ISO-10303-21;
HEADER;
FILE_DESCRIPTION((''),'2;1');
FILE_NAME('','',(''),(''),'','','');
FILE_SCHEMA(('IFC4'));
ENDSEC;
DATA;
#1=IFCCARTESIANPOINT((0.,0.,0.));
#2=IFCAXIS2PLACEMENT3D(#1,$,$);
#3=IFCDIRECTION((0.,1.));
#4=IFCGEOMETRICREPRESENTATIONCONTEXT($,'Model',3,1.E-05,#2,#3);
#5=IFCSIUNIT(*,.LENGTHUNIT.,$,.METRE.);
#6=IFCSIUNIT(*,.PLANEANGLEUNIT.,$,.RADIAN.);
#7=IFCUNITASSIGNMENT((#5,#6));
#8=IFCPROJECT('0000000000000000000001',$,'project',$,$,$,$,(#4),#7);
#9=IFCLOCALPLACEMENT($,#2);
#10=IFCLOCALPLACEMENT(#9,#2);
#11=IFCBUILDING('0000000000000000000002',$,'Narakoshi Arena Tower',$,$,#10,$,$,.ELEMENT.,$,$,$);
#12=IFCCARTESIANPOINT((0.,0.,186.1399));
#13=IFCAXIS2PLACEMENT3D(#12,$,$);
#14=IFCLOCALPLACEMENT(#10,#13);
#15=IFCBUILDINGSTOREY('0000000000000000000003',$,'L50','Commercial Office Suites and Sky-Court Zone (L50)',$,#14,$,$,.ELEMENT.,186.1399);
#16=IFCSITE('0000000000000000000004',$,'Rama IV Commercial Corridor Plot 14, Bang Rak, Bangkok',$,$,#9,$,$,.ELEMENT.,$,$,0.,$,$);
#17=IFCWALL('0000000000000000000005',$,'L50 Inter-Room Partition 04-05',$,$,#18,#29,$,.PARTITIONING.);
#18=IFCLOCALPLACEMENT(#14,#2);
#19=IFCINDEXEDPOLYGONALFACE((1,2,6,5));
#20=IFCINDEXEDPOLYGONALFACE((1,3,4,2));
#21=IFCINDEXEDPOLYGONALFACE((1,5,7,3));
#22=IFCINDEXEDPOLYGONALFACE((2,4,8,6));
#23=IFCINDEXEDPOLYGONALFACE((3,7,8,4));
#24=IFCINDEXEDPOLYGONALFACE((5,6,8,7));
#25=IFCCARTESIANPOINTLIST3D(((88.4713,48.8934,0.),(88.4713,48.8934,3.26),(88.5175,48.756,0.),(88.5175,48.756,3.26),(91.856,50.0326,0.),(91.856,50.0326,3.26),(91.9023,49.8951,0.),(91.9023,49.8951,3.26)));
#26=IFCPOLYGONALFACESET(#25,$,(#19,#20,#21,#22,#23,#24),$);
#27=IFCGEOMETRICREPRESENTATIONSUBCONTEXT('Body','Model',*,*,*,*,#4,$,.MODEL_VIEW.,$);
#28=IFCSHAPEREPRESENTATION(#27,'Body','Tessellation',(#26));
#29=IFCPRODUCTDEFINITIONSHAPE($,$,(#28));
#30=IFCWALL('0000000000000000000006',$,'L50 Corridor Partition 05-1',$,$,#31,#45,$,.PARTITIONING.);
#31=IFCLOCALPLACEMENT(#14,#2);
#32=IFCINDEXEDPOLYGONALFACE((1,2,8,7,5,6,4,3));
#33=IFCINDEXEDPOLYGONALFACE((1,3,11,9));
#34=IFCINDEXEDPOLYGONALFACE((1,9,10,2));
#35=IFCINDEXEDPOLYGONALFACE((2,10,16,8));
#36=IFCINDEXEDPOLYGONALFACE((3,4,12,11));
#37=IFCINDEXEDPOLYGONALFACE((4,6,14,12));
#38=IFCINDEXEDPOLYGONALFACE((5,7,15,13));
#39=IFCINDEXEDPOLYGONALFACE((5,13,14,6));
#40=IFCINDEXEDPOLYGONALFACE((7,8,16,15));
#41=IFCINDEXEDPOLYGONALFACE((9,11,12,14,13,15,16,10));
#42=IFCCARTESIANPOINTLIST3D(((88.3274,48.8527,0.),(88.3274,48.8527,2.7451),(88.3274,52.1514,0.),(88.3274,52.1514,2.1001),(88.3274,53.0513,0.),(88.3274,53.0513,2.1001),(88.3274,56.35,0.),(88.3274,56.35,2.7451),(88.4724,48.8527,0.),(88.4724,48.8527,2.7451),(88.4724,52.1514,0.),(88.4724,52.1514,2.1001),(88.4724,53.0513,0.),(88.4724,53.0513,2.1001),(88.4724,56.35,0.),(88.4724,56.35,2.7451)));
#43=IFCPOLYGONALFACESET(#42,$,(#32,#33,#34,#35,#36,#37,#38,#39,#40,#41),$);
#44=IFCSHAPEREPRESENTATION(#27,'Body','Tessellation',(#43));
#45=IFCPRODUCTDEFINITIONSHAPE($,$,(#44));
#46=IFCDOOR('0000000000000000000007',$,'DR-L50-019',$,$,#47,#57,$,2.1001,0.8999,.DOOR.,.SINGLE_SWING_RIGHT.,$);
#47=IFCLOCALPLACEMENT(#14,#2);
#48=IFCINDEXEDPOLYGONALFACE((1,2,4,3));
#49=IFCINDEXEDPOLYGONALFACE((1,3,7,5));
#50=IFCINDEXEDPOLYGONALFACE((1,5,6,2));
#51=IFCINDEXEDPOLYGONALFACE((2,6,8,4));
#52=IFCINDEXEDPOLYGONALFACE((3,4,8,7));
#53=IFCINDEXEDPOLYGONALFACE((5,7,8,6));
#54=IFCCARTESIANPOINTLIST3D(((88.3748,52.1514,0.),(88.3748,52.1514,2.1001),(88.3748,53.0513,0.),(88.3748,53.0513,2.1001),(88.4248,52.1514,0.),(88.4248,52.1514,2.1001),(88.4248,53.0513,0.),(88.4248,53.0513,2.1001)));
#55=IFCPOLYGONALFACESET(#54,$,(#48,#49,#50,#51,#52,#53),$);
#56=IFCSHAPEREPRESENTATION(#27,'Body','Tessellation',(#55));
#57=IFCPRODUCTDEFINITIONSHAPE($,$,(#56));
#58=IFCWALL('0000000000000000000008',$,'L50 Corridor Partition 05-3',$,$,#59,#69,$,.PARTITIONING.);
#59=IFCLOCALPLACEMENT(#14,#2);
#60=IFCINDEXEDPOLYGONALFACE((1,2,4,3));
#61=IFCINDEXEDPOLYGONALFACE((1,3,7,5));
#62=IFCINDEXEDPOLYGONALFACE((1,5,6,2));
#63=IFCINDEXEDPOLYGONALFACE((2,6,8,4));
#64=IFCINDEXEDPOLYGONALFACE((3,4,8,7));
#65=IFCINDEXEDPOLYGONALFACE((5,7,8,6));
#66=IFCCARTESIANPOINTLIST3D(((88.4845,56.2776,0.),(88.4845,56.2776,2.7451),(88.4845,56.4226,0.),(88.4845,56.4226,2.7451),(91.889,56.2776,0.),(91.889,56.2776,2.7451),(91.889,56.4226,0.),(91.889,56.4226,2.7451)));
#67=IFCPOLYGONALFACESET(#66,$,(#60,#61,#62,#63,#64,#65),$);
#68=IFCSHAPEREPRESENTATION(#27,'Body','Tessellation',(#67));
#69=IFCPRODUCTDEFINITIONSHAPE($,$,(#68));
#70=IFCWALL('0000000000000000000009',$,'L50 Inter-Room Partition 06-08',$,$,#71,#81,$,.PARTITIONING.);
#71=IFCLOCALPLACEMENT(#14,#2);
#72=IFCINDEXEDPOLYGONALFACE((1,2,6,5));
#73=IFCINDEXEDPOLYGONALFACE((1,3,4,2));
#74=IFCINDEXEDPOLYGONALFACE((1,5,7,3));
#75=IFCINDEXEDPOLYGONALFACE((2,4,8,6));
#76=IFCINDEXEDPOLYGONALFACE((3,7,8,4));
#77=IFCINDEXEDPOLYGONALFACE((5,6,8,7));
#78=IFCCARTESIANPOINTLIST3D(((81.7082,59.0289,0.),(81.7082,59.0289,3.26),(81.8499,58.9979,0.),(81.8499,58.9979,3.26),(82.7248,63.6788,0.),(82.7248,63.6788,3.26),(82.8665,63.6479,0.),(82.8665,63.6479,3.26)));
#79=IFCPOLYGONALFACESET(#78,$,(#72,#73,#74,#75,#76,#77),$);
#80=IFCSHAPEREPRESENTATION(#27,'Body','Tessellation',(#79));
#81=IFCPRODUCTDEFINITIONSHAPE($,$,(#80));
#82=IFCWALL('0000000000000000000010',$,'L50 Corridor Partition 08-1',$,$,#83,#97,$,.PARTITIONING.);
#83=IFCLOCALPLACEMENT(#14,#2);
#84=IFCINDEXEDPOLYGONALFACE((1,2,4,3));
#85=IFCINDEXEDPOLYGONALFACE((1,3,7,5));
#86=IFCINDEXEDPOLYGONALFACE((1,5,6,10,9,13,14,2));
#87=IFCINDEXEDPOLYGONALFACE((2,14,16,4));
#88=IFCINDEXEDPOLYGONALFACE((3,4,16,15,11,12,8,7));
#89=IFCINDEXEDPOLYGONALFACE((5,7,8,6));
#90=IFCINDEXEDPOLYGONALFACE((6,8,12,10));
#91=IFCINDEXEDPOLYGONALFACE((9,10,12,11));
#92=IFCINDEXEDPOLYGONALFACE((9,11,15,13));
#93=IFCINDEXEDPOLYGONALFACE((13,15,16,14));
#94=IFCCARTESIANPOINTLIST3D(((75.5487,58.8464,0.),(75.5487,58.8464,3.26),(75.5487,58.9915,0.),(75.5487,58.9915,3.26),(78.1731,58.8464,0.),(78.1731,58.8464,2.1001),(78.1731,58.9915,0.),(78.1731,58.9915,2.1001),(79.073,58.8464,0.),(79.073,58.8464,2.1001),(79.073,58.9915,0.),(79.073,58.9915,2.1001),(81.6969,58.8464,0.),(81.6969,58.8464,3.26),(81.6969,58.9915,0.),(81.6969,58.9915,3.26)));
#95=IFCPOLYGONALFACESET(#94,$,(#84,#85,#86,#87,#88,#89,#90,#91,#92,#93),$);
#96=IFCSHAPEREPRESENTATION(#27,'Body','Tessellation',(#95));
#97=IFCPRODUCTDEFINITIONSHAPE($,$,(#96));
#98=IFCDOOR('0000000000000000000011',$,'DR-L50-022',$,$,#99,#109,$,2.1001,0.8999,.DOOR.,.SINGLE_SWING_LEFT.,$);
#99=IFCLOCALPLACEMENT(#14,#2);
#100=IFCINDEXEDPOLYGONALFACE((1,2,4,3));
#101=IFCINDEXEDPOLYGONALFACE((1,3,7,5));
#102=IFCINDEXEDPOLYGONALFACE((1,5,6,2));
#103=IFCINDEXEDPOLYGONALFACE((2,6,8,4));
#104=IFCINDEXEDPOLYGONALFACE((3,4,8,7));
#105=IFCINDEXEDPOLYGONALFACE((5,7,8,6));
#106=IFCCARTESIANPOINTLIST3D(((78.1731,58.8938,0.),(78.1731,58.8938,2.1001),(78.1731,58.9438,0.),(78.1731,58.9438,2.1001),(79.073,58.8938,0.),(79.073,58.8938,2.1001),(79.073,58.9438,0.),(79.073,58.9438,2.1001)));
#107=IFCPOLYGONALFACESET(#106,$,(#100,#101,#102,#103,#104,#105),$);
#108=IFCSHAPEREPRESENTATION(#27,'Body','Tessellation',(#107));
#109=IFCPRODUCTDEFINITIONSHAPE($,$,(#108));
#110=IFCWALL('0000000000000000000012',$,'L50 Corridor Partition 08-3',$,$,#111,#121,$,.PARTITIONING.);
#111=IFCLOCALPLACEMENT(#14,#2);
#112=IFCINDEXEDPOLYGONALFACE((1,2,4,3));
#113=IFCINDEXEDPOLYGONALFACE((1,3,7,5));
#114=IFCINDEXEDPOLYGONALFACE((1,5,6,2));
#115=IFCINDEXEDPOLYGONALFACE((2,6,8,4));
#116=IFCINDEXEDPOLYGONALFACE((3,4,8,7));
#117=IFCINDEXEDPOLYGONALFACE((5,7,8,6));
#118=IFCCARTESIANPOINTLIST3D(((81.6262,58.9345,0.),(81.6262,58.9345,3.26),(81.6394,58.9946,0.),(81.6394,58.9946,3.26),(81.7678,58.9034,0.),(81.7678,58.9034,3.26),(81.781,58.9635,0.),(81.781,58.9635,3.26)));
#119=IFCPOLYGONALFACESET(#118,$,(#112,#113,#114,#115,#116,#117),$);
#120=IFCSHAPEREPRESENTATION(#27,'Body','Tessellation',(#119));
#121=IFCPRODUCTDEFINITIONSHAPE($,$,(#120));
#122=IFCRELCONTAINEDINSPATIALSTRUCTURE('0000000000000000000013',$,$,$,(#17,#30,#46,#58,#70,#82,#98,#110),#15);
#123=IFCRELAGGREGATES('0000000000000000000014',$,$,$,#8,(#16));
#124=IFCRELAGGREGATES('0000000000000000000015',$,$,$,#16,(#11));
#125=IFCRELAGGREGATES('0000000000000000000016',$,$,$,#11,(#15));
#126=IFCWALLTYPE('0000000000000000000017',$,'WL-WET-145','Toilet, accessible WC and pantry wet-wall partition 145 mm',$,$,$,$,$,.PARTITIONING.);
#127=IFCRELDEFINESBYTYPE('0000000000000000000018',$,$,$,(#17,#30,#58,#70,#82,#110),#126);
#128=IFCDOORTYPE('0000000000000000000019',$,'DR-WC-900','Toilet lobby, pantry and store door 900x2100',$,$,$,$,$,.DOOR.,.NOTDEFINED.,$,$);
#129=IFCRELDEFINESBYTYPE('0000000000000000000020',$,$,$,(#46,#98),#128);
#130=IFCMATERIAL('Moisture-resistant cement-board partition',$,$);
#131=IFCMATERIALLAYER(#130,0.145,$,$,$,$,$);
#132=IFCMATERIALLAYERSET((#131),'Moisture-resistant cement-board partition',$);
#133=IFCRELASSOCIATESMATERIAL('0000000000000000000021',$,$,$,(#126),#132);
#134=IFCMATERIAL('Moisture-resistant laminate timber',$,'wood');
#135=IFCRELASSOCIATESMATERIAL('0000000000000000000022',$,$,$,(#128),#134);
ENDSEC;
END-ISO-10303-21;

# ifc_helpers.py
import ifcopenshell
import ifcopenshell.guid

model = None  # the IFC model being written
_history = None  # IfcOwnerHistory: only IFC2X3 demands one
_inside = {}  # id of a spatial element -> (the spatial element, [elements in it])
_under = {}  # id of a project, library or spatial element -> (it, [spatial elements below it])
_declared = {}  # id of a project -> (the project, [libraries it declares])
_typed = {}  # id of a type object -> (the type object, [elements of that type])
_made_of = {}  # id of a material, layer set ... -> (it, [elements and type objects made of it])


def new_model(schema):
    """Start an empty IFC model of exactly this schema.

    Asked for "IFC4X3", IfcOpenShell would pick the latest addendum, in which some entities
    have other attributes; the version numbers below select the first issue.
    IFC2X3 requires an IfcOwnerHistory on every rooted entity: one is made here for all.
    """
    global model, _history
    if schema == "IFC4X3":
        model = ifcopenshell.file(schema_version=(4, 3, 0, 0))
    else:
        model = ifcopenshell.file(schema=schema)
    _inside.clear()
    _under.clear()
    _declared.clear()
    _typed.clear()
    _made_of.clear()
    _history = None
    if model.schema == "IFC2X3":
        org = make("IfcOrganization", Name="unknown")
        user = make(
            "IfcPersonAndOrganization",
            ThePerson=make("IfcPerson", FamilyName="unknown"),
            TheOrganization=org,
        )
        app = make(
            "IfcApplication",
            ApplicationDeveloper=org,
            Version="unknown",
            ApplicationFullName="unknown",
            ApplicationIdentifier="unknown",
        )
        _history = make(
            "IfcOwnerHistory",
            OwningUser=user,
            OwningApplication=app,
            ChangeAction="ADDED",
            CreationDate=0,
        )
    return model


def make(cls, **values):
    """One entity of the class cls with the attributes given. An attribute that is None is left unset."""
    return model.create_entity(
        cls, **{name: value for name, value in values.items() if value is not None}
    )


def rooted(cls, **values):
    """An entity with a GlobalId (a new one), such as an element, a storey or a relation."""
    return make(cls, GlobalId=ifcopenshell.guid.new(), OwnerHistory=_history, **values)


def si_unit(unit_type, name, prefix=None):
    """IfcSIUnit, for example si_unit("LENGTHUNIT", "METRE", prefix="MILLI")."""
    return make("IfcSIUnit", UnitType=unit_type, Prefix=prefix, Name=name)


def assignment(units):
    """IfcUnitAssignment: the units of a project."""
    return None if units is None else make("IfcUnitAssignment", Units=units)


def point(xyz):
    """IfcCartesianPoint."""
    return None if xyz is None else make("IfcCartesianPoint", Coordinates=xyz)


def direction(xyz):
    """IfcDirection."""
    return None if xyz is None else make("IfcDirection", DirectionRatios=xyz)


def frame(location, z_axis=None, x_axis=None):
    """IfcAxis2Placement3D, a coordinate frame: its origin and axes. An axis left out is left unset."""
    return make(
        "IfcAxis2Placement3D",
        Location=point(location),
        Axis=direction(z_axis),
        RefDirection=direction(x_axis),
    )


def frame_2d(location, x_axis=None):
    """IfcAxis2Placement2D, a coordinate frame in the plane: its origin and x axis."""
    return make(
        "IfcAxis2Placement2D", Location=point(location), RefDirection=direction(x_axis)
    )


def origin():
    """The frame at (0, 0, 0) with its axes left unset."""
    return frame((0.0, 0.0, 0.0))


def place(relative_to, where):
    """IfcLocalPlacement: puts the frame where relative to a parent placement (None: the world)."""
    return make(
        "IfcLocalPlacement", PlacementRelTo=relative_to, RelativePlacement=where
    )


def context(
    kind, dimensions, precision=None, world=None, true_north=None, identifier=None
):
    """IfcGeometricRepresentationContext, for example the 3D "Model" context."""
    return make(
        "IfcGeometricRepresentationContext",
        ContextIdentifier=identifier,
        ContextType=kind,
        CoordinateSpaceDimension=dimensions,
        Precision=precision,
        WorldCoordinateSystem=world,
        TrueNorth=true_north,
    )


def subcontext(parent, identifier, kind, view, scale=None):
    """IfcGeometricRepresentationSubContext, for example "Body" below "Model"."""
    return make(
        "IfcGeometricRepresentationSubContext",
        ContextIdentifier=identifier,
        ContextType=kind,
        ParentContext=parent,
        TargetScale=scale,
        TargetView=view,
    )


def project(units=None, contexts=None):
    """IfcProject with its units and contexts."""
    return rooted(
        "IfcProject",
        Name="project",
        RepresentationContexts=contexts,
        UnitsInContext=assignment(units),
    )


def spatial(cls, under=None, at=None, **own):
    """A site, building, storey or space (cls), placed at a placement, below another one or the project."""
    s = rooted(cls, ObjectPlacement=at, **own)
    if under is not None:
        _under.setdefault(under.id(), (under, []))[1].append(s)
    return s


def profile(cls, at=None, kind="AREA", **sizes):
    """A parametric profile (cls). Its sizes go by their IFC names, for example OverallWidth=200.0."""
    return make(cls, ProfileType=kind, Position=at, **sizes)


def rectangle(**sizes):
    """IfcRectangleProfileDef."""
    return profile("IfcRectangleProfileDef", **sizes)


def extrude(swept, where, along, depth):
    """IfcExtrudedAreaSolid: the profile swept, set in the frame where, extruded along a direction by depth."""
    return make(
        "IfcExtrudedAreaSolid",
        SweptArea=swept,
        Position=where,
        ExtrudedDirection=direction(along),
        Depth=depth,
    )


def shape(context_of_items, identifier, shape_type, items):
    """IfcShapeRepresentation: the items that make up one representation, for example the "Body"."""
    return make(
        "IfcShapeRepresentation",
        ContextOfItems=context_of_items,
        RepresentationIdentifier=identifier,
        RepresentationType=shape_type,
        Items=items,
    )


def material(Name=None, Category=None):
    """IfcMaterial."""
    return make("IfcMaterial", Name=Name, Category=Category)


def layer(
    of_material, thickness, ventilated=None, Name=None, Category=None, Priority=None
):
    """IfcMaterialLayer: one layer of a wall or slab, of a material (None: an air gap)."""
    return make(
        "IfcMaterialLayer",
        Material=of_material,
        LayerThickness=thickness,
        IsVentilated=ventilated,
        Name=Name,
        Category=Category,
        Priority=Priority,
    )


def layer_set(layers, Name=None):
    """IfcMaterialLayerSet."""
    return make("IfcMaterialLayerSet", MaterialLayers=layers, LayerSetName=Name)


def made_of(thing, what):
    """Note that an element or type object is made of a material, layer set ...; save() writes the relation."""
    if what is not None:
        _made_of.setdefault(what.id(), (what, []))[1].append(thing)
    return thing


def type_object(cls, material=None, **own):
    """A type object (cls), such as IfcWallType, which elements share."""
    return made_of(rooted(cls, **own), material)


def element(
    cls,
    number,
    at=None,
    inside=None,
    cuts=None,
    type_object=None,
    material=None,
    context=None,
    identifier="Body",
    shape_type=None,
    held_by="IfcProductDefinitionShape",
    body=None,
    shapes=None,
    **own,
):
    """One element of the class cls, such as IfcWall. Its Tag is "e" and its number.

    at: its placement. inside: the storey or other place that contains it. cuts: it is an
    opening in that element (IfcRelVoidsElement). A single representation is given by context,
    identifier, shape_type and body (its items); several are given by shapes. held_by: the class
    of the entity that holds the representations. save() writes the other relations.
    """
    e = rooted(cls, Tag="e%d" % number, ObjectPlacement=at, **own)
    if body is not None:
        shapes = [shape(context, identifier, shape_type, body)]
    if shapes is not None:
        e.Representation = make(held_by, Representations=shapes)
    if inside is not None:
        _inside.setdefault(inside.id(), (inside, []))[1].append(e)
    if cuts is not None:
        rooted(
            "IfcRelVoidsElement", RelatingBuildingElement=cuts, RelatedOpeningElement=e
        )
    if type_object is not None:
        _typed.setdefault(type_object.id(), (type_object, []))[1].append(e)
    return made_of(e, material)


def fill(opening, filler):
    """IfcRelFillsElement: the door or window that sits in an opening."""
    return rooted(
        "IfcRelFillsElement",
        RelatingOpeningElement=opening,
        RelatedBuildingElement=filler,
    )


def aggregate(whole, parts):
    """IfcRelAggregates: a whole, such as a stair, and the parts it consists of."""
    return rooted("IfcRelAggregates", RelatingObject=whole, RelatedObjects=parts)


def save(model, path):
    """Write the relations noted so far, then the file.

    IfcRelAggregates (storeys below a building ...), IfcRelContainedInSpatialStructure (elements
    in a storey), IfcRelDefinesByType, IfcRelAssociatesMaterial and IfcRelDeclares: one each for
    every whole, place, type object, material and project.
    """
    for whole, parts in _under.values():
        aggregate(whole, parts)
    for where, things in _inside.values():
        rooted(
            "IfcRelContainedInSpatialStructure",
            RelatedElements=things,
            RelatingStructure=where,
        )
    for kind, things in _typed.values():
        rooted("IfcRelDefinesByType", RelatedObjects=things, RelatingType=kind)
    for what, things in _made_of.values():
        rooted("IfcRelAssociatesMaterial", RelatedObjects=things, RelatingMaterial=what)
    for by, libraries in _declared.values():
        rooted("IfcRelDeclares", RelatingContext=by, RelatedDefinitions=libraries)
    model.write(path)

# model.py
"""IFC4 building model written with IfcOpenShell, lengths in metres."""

from ifc_helpers import new_model, si_unit, direction, frame, frame_2d, origin, place, context, subcontext, project, spatial, rectangle, extrude, material, layer, layer_set, type_object, element, fill, save


model = new_model("IFC4")

# Units and contexts
model_context = context("Model", 3, precision=1e-05, world=origin(), true_north=direction((0.0, 1.0)))
body_context = subcontext(model_context, "Body", "Model", "MODEL_VIEW")
ifc_project = project(units=[si_unit("LENGTHUNIT", "METRE"), si_unit("PLANEANGLEUNIT", "RADIAN")], contexts=[model_context])

# Site, building, storey
site_placement = place(None, origin())
site = spatial("IfcSite", under=ifc_project, at=site_placement, Name="Rama IV Commercial Corridor Plot 14, Bang Rak, Bangkok", CompositionType="ELEMENT", RefElevation=0.0)
building_placement = place(site_placement, origin())
building = spatial("IfcBuilding", under=site, at=building_placement, Name="Narakoshi Arena Tower", CompositionType="ELEMENT")
storey_placement = place(building_placement, frame((0.0, 0.0, 186.1399)))
storey = spatial("IfcBuildingStorey", under=building, at=storey_placement, Name="L50", Description="Commercial Office Suites and Sky-Court Zone (L50)", CompositionType="ELEMENT", Elevation=186.1399)

# Wall
ifc_material_1 = material(Name="Moisture-resistant cement-board partition")
ifc_layer_1 = layer(ifc_material_1, 0.145)
ifc_layer_set_1 = layer_set([ifc_layer_1], Name="Moisture-resistant cement-board partition")
wall_type_1 = type_object("IfcWallType", Name="WL-WET-145", Description="Toilet, accessible WC and pantry wet-wall partition 145 mm", PredefinedType="PARTITIONING", material=ifc_layer_set_1)
wall_1_placement = place(storey_placement, frame((88.4944, 48.8247, 0.0), z_axis=(0.0, 0.0, 1.0), x_axis=(0.947763, 0.318975, 0.0)))
element("IfcWall", 1, at=wall_1_placement, inside=storey, type_object=wall_type_1, Name="L50 Inter-Room Partition 04-05", PredefinedType="PARTITIONING", context=body_context, shape_type="SweptSolid", body=[
    extrude(rectangle(XDim=3.5713, YDim=0.145, at=frame_2d((1.7856, 0.0))), origin(), (0.0, 0.0, 1.0), 3.26),
])

# Wall, opening, door
wall_2_placement = place(storey_placement, frame((88.3999, 48.8528, 0.0), z_axis=(0.0, 0.0, 1.0), x_axis=(0.0, 1.0, 0.0)))
wall_2 = element("IfcWall", 2, at=wall_2_placement, inside=storey, type_object=wall_type_1, Name="L50 Corridor Partition 05-1", PredefinedType="PARTITIONING", context=body_context, shape_type="SweptSolid", body=[
    extrude(rectangle(XDim=7.4973, YDim=0.145, at=frame_2d((3.7485, 0.0))), origin(), (0.0, 0.0, 1.0), 2.7451),
])
opening_1_placement = place(wall_2_placement, frame((3.2986, 0.0, 0.0)))
opening_1 = element("IfcOpeningElement", 3, at=opening_1_placement, cuts=wall_2, PredefinedType="OPENING", context=body_context, shape_type="SweptSolid", body=[
    extrude(rectangle(XDim=0.8999, YDim=2.1001, at=frame_2d((0.45, 1.05))), frame((0.0, 0.0825, 0.0), z_axis=(0.0, -1.0, 0.0), x_axis=(1.0, 0.0, 0.0)), (0.0, 0.0, 1.0), 0.165),
])
ifc_material_2 = material(Name="Moisture-resistant laminate timber", Category="wood")
door_type = type_object("IfcDoorType", Name="DR-WC-900", Description="Toilet lobby, pantry and store door 900x2100", OperationType="NOTDEFINED", PredefinedType="DOOR", material=ifc_material_2)
door_1_placement = place(opening_1_placement, frame((0.8999, 0.0, 0.0), z_axis=(0.0, 0.0, 1.0), x_axis=(-1.0, 0.0, 0.0)))
door_1 = element("IfcDoor", 4, at=door_1_placement, inside=storey, type_object=door_type, Name="DR-L50-019", OperationType="SINGLE_SWING_RIGHT", OverallHeight=2.1001, OverallWidth=0.8999, PredefinedType="DOOR", context=body_context, shape_type="SweptSolid", body=[
    extrude(rectangle(XDim=0.8999, YDim=2.1001, at=frame_2d((0.45, 1.05))), frame((0.0, 0.0249, 0.0), z_axis=(0.0, -1.0, 0.0), x_axis=(1.0, 0.0, 0.0)), (0.0, 0.0, 1.0), 0.05),
])
fill(opening_1, door_1)

# Walls
wall_3_placement = place(storey_placement, frame((88.4846, 56.3501, 0.0), z_axis=(0.0, 0.0, 1.0), x_axis=(1.0, 0.0, 0.0)))
element("IfcWall", 5, at=wall_3_placement, inside=storey, type_object=wall_type_1, Name="L50 Corridor Partition 05-3", PredefinedType="PARTITIONING", context=body_context, shape_type="SweptSolid", body=[
    extrude(rectangle(XDim=3.4045, YDim=0.145, at=frame_2d((1.7021, 0.0))), origin(), (0.0, 0.0, 1.0), 2.7451),
])
wall_4_placement = place(storey_placement, frame((81.7791, 59.0134, 0.0), z_axis=(0.0, 0.0, 1.0), x_axis=(0.213584, 0.976925, 0.0)))
element("IfcWall", 6, at=wall_4_placement, inside=storey, type_object=wall_type_1, Name="L50 Inter-Room Partition 06-08", PredefinedType="PARTITIONING", context=body_context, shape_type="SweptSolid", body=[
    extrude(rectangle(XDim=4.7598, YDim=0.145, at=frame_2d((2.3799, 0.0))), origin(), (0.0, 0.0, 1.0), 3.26),
])

# Wall, opening, door
wall_5_placement = place(storey_placement, frame((81.697, 58.9189, 0.0), z_axis=(0.0, 0.0, 1.0), x_axis=(-1.0, 0.0, 0.0)))
wall_5 = element("IfcWall", 7, at=wall_5_placement, inside=storey, type_object=wall_type_1, Name="L50 Corridor Partition 08-1", PredefinedType="PARTITIONING", context=body_context, shape_type="SweptSolid", body=[
    extrude(rectangle(XDim=6.1482, YDim=0.145, at=frame_2d((3.0742, 0.0))), origin(), (0.0, 0.0, 1.0), 3.26),
])
opening_2_placement = place(wall_5_placement, frame((2.624, 0.0, 0.0)))
opening_2 = element("IfcOpeningElement", 8, at=opening_2_placement, cuts=wall_5, PredefinedType="OPENING", context=body_context, shape_type="SweptSolid", body=[
    extrude(rectangle(XDim=0.8999, YDim=2.1001, at=frame_2d((0.45, 1.05))), frame((0.0, 0.0825, 0.0), z_axis=(0.0, -1.0, 0.0), x_axis=(1.0, 0.0, 0.0)), (0.0, 0.0, 1.0), 0.165),
])
door_2_placement = place(opening_2_placement, frame((0.8999, 0.0, 0.0), z_axis=(0.0, 0.0, 1.0), x_axis=(-1.0, 0.0, 0.0)))
door_2 = element("IfcDoor", 9, at=door_2_placement, inside=storey, type_object=door_type, Name="DR-L50-022", OperationType="SINGLE_SWING_LEFT", OverallHeight=2.1001, OverallWidth=0.8999, PredefinedType="DOOR", context=body_context, shape_type="SweptSolid", body=[
    extrude(rectangle(XDim=0.8999, YDim=2.1001, at=frame_2d((0.45, 1.05))), frame((0.0, 0.0249, 0.0), z_axis=(0.0, -1.0, 0.0), x_axis=(1.0, 0.0, 0.0)), (0.0, 0.0, 1.0), 0.05),
])
fill(opening_2, door_2)

# Wall
wall_6_placement = place(storey_placement, frame((81.7102, 58.979, 0.0), z_axis=(0.0, 0.0, 1.0), x_axis=(-0.214407, -0.976744, 0.0)))
element("IfcWall", 10, at=wall_6_placement, inside=storey, type_object=wall_type_1, Name="L50 Corridor Partition 08-3", PredefinedType="PARTITIONING", context=body_context, shape_type="SweptSolid", body=[
    extrude(rectangle(XDim=0.0615, YDim=0.145, at=frame_2d((0.0308, 0.0))), origin(), (0.0, 0.0, 1.0), 3.26),
])

save(model, "model.ifc")
